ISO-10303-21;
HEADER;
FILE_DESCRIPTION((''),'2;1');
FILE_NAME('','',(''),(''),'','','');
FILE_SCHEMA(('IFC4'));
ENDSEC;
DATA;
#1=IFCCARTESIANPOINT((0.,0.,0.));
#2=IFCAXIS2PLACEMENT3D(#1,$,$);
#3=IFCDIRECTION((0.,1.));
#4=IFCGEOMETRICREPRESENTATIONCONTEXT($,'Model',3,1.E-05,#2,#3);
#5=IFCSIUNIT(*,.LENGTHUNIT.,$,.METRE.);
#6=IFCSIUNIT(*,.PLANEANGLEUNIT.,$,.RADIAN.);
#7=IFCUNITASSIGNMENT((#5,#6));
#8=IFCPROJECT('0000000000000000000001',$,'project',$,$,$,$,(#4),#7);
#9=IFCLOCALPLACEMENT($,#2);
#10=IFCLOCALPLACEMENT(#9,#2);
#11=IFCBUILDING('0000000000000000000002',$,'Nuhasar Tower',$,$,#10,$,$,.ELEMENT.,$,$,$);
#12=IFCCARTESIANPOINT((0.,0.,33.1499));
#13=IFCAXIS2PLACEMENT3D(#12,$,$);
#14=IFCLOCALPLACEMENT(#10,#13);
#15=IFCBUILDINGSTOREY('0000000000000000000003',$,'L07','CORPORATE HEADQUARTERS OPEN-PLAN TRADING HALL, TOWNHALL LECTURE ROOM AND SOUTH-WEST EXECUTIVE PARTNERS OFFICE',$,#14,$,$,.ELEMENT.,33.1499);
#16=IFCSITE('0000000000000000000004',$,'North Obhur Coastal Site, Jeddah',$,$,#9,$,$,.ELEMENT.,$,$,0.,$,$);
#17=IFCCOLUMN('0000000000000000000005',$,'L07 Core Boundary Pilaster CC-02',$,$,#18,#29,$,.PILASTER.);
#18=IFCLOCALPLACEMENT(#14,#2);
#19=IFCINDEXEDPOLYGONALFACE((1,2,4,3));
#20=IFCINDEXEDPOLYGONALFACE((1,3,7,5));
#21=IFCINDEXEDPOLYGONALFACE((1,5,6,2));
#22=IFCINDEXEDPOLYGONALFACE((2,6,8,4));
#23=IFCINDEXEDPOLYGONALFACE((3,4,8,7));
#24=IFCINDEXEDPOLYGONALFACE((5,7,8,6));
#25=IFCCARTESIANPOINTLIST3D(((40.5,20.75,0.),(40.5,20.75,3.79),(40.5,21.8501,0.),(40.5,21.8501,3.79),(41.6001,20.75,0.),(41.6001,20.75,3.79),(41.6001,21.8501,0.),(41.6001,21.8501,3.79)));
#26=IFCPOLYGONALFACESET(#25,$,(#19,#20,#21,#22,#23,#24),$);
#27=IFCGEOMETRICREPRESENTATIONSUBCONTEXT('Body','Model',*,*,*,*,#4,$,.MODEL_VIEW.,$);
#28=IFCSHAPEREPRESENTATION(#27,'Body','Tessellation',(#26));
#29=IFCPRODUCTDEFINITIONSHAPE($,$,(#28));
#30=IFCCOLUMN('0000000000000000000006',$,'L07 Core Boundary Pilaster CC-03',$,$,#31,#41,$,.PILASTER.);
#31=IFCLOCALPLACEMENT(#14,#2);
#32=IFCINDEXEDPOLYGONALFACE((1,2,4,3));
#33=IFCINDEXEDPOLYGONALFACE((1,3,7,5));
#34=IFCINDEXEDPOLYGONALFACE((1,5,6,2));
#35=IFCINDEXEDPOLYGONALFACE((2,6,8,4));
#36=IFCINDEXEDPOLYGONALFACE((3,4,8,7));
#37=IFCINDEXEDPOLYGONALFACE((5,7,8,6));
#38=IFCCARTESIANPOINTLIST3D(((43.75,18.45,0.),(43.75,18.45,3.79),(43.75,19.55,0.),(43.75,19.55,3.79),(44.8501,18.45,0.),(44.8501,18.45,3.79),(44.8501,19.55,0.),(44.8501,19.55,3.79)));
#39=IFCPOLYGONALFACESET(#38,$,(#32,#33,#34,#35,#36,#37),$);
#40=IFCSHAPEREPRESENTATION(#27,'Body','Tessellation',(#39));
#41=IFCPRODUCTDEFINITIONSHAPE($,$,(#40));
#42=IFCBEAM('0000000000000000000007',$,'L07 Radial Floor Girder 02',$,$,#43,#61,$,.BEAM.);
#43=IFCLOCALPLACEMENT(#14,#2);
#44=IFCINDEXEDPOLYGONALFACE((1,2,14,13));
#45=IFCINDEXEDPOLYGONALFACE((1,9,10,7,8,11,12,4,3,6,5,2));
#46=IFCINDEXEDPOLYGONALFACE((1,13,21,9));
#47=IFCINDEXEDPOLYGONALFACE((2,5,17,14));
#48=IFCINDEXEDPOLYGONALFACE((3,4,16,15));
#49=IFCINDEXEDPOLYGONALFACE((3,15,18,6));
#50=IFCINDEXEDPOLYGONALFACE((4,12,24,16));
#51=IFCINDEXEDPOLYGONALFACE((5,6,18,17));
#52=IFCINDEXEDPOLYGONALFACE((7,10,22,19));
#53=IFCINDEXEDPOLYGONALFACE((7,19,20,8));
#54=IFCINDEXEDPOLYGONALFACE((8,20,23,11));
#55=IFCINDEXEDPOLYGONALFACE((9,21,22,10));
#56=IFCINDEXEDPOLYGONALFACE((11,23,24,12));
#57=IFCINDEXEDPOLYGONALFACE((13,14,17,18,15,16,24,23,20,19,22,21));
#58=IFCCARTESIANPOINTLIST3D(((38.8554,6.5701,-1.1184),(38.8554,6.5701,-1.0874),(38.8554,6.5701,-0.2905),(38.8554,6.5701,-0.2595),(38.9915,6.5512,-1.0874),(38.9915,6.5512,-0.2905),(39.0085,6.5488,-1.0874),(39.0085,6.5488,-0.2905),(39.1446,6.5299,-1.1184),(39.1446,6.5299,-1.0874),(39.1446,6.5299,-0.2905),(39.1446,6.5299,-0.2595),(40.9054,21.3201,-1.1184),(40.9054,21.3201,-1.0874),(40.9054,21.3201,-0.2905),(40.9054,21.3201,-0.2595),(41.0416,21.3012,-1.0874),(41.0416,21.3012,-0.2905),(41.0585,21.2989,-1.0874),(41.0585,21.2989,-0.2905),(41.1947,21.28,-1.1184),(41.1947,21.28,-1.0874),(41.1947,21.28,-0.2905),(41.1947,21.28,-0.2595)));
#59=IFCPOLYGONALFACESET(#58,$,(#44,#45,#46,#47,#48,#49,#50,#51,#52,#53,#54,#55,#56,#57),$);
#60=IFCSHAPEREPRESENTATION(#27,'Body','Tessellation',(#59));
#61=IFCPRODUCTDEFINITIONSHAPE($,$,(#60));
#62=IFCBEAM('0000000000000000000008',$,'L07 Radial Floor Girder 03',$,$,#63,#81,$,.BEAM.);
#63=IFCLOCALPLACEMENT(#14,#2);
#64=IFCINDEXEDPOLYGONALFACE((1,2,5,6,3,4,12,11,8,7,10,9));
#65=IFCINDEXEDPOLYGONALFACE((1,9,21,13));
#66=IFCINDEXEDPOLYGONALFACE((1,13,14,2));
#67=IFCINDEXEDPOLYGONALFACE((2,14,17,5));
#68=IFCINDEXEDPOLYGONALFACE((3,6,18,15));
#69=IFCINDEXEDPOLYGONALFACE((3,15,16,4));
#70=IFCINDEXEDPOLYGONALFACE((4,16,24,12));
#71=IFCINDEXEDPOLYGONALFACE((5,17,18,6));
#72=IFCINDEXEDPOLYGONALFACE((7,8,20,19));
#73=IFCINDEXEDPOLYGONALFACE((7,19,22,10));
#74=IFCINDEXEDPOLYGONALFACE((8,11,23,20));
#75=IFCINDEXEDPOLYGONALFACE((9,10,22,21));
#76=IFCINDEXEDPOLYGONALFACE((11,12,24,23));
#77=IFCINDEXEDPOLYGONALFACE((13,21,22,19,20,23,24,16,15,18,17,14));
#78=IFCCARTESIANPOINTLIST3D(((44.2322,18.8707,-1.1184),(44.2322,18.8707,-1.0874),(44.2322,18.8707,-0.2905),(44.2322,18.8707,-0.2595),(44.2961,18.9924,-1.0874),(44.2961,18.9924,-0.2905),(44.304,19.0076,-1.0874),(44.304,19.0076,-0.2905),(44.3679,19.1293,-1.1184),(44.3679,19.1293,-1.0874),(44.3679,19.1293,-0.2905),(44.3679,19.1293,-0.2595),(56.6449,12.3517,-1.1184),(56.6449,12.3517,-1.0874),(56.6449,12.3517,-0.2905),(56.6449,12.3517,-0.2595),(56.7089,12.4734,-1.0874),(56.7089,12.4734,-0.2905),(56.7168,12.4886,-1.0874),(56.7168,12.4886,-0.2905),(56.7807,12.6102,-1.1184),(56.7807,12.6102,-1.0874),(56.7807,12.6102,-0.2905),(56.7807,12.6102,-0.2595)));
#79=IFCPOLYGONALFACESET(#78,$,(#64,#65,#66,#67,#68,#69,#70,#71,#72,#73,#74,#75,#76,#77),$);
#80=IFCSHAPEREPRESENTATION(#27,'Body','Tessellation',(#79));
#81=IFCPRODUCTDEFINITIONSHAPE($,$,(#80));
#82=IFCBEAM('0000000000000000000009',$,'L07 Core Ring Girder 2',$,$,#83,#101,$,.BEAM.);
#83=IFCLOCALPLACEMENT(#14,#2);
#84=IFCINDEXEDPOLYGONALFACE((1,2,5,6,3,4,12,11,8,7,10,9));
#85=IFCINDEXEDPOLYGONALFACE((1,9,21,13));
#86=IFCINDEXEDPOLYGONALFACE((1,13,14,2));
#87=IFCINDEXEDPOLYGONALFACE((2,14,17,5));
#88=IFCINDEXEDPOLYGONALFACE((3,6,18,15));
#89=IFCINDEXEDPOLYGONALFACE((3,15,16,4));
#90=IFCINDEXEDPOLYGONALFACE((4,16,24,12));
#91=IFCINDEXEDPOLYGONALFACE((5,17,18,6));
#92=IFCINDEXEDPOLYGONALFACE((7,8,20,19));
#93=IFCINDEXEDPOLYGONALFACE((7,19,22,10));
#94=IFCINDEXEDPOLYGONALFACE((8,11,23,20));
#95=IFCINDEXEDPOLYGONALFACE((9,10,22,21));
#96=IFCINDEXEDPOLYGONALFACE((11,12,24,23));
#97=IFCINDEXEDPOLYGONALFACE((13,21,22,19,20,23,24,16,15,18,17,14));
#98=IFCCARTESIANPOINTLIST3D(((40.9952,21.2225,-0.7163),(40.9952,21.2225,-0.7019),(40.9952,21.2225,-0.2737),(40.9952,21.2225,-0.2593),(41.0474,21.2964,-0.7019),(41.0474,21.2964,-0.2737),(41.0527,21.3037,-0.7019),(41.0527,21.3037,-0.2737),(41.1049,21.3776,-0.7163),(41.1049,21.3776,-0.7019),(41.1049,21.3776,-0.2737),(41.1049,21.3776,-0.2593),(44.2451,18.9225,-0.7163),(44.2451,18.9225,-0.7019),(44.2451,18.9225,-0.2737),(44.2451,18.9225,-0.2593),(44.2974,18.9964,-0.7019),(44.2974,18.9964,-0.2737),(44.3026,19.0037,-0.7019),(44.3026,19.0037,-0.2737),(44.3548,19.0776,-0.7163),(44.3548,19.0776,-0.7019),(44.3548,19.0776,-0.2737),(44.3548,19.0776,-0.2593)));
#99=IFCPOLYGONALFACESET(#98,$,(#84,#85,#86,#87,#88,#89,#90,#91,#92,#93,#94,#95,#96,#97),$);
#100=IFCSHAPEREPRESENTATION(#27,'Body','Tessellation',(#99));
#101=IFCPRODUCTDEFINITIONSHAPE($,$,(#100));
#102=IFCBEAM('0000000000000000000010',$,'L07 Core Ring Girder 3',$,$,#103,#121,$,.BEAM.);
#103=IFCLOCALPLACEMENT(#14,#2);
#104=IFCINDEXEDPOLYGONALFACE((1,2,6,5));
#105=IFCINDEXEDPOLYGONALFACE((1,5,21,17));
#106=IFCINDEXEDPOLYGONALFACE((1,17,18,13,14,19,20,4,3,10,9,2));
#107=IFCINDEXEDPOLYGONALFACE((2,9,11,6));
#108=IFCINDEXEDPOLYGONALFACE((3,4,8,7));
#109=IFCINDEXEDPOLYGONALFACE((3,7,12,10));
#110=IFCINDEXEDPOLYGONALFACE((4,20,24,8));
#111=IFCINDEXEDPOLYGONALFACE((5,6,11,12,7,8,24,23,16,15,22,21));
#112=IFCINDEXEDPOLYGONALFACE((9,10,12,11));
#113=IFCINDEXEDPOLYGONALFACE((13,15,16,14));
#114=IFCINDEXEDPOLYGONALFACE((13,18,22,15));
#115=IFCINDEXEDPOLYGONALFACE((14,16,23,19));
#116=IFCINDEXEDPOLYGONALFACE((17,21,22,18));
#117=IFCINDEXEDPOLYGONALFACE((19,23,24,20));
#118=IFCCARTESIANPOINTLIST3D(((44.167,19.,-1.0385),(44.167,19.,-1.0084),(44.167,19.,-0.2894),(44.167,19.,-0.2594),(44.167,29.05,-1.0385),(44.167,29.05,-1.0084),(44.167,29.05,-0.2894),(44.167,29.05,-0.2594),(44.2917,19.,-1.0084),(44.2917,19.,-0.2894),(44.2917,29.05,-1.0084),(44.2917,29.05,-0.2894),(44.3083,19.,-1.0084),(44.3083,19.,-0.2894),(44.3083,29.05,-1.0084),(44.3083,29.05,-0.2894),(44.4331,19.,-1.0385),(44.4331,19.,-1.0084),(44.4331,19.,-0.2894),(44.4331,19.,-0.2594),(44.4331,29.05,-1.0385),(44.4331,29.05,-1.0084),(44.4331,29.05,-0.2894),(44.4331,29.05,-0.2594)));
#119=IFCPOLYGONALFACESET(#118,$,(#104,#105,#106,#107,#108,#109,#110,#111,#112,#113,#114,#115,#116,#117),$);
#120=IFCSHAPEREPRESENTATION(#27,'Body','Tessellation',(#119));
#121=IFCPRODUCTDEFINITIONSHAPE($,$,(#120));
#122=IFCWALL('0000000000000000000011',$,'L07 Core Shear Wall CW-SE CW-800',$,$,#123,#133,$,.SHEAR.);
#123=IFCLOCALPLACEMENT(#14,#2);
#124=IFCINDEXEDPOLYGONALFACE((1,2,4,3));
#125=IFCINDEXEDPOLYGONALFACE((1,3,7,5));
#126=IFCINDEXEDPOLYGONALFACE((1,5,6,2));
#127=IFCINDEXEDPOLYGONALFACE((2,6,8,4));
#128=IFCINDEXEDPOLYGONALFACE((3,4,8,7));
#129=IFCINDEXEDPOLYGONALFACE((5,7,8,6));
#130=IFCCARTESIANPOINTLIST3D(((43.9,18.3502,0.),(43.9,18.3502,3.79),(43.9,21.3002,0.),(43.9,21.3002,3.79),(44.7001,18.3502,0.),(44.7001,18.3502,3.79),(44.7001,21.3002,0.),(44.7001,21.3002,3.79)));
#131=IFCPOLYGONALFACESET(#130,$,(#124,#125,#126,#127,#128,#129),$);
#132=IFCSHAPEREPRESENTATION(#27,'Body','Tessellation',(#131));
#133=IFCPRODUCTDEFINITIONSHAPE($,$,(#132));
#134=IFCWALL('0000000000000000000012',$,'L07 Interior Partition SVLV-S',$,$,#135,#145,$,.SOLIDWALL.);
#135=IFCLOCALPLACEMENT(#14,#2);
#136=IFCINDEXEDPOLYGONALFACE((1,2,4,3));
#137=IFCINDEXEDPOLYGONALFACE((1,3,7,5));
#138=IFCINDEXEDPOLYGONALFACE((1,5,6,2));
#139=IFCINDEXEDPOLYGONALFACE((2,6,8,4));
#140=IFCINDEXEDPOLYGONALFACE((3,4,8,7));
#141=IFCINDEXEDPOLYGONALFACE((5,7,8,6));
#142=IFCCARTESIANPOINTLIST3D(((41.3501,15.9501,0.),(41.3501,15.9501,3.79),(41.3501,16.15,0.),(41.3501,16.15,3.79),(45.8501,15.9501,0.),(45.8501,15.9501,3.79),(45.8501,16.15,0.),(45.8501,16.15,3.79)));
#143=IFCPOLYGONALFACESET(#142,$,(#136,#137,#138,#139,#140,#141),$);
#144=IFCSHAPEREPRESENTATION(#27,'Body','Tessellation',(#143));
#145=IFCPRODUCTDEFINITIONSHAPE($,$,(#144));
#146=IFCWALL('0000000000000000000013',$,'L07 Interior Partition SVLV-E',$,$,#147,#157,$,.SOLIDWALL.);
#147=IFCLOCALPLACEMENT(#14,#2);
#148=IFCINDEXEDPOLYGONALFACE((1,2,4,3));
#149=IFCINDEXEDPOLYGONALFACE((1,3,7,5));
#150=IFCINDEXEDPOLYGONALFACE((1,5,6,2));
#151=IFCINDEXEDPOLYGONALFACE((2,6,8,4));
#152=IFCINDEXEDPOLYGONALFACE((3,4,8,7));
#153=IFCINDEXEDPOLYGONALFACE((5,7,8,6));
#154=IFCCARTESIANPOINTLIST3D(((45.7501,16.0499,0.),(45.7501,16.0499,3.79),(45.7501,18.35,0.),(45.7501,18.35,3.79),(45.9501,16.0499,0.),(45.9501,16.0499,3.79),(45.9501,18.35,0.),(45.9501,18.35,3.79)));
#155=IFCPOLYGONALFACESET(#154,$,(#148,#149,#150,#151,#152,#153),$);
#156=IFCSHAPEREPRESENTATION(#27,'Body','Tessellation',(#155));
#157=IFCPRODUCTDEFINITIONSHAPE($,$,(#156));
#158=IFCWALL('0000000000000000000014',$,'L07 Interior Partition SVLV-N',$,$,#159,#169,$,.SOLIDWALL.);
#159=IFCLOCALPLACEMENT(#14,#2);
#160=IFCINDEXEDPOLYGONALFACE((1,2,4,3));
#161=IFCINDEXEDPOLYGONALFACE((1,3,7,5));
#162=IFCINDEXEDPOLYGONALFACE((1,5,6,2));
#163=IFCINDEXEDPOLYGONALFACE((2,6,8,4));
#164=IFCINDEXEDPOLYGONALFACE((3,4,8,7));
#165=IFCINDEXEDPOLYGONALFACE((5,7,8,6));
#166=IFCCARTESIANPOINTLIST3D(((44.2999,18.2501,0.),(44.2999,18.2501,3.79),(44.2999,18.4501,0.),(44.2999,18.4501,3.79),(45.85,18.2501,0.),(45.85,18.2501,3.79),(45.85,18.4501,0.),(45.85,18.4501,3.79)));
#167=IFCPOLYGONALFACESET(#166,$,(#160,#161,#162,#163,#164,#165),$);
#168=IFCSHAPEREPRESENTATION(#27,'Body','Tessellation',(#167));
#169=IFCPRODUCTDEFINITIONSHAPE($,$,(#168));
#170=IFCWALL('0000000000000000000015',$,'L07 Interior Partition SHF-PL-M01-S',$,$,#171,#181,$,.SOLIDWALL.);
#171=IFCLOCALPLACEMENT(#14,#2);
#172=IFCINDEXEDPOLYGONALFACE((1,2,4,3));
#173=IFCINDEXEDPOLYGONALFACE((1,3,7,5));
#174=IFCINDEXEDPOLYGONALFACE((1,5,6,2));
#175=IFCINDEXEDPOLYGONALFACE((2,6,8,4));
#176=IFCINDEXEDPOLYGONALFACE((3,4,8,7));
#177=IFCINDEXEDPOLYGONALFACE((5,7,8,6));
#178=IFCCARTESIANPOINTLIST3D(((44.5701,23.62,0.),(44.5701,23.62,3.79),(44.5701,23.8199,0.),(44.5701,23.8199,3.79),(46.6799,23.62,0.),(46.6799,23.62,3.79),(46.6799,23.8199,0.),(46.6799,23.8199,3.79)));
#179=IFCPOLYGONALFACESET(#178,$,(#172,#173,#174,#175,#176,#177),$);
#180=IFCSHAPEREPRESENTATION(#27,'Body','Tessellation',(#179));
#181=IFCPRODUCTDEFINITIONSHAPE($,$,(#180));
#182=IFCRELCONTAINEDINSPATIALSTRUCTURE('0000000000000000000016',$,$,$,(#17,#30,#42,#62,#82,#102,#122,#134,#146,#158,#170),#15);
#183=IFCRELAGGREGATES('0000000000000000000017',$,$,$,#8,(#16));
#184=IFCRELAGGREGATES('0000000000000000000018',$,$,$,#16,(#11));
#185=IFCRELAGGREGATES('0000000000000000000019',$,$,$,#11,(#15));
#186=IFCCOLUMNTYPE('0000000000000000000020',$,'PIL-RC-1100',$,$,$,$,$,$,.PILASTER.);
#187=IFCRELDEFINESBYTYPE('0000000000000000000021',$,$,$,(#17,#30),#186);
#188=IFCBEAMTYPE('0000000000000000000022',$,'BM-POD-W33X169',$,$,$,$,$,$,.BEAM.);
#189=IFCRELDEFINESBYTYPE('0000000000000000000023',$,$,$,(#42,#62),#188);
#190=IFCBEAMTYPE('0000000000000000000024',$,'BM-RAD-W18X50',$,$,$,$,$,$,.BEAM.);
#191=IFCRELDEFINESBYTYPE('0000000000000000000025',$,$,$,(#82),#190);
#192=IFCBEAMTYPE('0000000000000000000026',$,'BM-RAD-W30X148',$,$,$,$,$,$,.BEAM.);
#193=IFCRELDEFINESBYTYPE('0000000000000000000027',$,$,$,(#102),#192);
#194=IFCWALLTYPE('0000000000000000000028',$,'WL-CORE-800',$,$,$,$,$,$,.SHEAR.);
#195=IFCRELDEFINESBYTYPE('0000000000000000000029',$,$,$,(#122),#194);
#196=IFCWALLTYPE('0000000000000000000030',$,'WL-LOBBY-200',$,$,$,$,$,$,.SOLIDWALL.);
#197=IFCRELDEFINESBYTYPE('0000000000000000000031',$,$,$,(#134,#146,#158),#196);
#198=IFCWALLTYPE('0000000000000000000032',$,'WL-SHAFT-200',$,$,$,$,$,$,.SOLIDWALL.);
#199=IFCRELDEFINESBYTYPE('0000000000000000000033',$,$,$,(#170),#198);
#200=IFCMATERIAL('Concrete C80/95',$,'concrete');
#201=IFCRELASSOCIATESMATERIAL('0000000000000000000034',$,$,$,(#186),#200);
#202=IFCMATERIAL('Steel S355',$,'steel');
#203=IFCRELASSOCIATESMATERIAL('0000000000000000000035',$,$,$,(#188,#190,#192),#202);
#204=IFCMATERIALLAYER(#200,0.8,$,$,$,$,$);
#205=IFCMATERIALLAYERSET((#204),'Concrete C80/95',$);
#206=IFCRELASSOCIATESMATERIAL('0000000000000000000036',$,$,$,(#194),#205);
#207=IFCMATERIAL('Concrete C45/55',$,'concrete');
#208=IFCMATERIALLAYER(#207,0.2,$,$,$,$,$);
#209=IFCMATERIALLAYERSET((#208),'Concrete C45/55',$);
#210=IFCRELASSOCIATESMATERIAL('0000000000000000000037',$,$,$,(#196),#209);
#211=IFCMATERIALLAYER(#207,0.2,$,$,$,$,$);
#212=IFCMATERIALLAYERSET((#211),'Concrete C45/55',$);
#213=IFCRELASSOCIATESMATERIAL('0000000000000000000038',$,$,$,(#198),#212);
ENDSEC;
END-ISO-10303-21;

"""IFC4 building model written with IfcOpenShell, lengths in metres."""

from ifc_helpers import new_model, si_unit, direction, frame, frame_2d, origin, origin_2d, place, context, subcontext, project, spatial, rectangle, i_section, extrude, material, layer, layer_set, material_profile, profile_set, type_object, element, save


model = new_model("IFC4")

# Units and contexts
model_context = context("Model", 3, precision=1e-05, world=origin(), true_north=direction((0.0, 1.0)))
body_context = subcontext(model_context, "Body", "Model", "MODEL_VIEW")
ifc_project = project(units=[si_unit("LENGTHUNIT", "METRE"), si_unit("PLANEANGLEUNIT", "RADIAN")], contexts=[model_context])

# Site, building, storey
site_placement = place(None, origin())
site = spatial("IfcSite", under=ifc_project, at=site_placement, Name="North Obhur Coastal Site, Jeddah", CompositionType="ELEMENT", RefElevation=0.0)
building_placement = place(site_placement, origin())
building = spatial("IfcBuilding", under=site, at=building_placement, Name="Nuhasar Tower", CompositionType="ELEMENT")
storey_placement = place(building_placement, frame((0.0, 0.0, 33.1499)))
storey = spatial("IfcBuildingStorey", under=building, at=storey_placement, Name="L07", Description="CORPORATE HEADQUARTERS OPEN-PLAN TRADING HALL, TOWNHALL LECTURE ROOM AND SOUTH-WEST EXECUTIVE PARTNERS OFFICE", CompositionType="ELEMENT", Elevation=33.1499)

# Columns
ifc_material_1 = material(Name="Concrete C80/95", Category="concrete")
ifc_material_profile_1 = material_profile(ifc_material_1, rectangle(XDim=1.1001, YDim=1.1001, at=origin_2d()), Name="RC1100X1100")
ifc_profile_set_1 = profile_set([ifc_material_profile_1], Name="Concrete C80/95")
column_type = type_object("IfcColumnType", Name="PIL-RC-1100", PredefinedType="PILASTER", material=ifc_profile_set_1)
for number, where, z_axis, x_axis, name in (
    (1, (41.05, 21.3, 0.0), (0.0, 0.0, 1.0), (1.0, 0.0, 0.0), "L07 Core Boundary Pilaster CC-02"),
    (2, (44.3, 19.0, 0.0), (0.0, 0.0, 1.0), (1.0, 0.0, 0.0), "L07 Core Boundary Pilaster CC-03"),
):
    element("IfcColumn", number, at=place(storey_placement, frame(where, z_axis=z_axis, x_axis=x_axis)), inside=storey, type_object=column_type, Name=name, PredefinedType="PILASTER", context=body_context, shape_type="SweptSolid", body=[
        extrude(rectangle(XDim=1.1001, YDim=1.1001, at=origin_2d()), origin(), (0.0, 0.0, 1.0), 3.79),
    ])

# Beams
ifc_material_2 = material(Name="Steel S355", Category="steel")
ifc_material_profile_2 = material_profile(ifc_material_2, i_section(OverallWidth=0.292, OverallDepth=0.8589, WebThickness=0.0171, FlangeThickness=0.031, at=origin_2d()), Name="W33X169")
ifc_profile_set_2 = profile_set([ifc_material_profile_2], Name="Steel S355")
beam_type_1 = type_object("IfcBeamType", Name="BM-POD-W33X169", PredefinedType="BEAM", material=ifc_profile_set_2)
beam_1_placement = place(storey_placement, frame((41.05, 21.3, -0.689), z_axis=(-0.137663, -0.990479, 0.0), x_axis=(0.990479, -0.137663, 0.0)))
element("IfcBeam", 3, at=beam_1_placement, inside=storey, type_object=beam_type_1, Name="L07 Radial Floor Girder 02", PredefinedType="BEAM", context=body_context, shape_type="SweptSolid", body=[
    extrude(i_section(OverallWidth=0.292, OverallDepth=0.8589, WebThickness=0.0171, FlangeThickness=0.031, at=origin_2d()), origin(), (0.0, 0.0, 1.0), 14.8918),
])
beam_2_placement = place(storey_placement, frame((44.3, 19.0, -0.689), z_axis=(0.88533, -0.464963, 0.0), x_axis=(0.464963, 0.88533, 0.0)))
element("IfcBeam", 4, at=beam_2_placement, inside=storey, type_object=beam_type_1, Name="L07 Radial Floor Girder 03", PredefinedType="BEAM", context=body_context, shape_type="SweptSolid", body=[
    extrude(i_section(OverallWidth=0.292, OverallDepth=0.8589, WebThickness=0.0171, FlangeThickness=0.031, at=origin_2d()), origin(), (0.0, 0.0, 1.0), 14.0205),
])
ifc_material_profile_3 = material_profile(ifc_material_2, i_section(OverallWidth=0.1899, OverallDepth=0.457, WebThickness=0.009, FlangeThickness=0.0144, at=origin_2d()), Name="W18X50")
ifc_profile_set_3 = profile_set([ifc_material_profile_3], Name="Steel S355")
beam_type_2 = type_object("IfcBeamType", Name="BM-RAD-W18X50", PredefinedType="BEAM", material=ifc_profile_set_3)
beam_3_placement = place(storey_placement, frame((41.05, 21.3, -0.4878), z_axis=(0.816265, -0.577677, 0.0), x_axis=(0.577677, 0.816265, 0.0)))
element("IfcBeam", 5, at=beam_3_placement, inside=storey, type_object=beam_type_2, Name="L07 Core Ring Girder 2", PredefinedType="BEAM", context=body_context, shape_type="SweptSolid", body=[
    extrude(i_section(OverallWidth=0.1899, OverallDepth=0.457, WebThickness=0.009, FlangeThickness=0.0144, at=origin_2d()), origin(), (0.0, 0.0, 1.0), 3.9814),
])
ifc_material_profile_4 = material_profile(ifc_material_2, i_section(OverallWidth=0.2661, OverallDepth=0.7791, WebThickness=0.0166, FlangeThickness=0.03, at=origin_2d()), Name="W30X148")
ifc_profile_set_4 = profile_set([ifc_material_profile_4], Name="Steel S355")
beam_type_3 = type_object("IfcBeamType", Name="BM-RAD-W30X148", PredefinedType="BEAM", material=ifc_profile_set_4)
beam_4_placement = place(storey_placement, frame((44.3, 19.0, -0.6489), z_axis=(0.0, 1.0, 0.0), x_axis=(-1.0, 0.0, 0.0)))
element("IfcBeam", 6, at=beam_4_placement, inside=storey, type_object=beam_type_3, Name="L07 Core Ring Girder 3", PredefinedType="BEAM", context=body_context, shape_type="SweptSolid", body=[
    extrude(i_section(OverallWidth=0.2661, OverallDepth=0.7791, WebThickness=0.0166, FlangeThickness=0.03, at=origin_2d()), origin(), (0.0, 0.0, 1.0), 10.05),
])

# Wall
ifc_layer_1 = layer(ifc_material_1, 0.8)
ifc_layer_set_1 = layer_set([ifc_layer_1], Name="Concrete C80/95")
wall_type_1 = type_object("IfcWallType", Name="WL-CORE-800", PredefinedType="SHEAR", material=ifc_layer_set_1)
wall_1_placement = place(storey_placement, frame((44.3, 18.3501, 0.0), z_axis=(0.0, 0.0, 1.0), x_axis=(0.0, 1.0, 0.0)))
element("IfcWall", 7, at=wall_1_placement, inside=storey, type_object=wall_type_1, Name="L07 Core Shear Wall CW-SE CW-800", PredefinedType="SHEAR", context=body_context, shape_type="SweptSolid", body=[
    extrude(rectangle(XDim=2.95, YDim=0.8, at=frame_2d((1.4751, 0.0))), origin(), (0.0, 0.0, 1.0), 3.79),
])

# Shared definitions
ifc_material_3 = material(Name="Concrete C45/55", Category="concrete")
ifc_layer_2 = layer(ifc_material_3, 0.2)
ifc_layer_set_2 = layer_set([ifc_layer_2], Name="Concrete C45/55")
wall_type_2 = type_object("IfcWallType", Name="WL-LOBBY-200", PredefinedType="SOLIDWALL", material=ifc_layer_set_2)

# Walls
wall_2_placement = place(storey_placement, frame((41.3501, 16.05, 0.0), z_axis=(0.0, 0.0, 1.0), x_axis=(1.0, 0.0, 0.0)))
element("IfcWall", 8, at=wall_2_placement, inside=storey, type_object=wall_type_2, Name="L07 Interior Partition SVLV-S", PredefinedType="SOLIDWALL", context=body_context, shape_type="SweptSolid", body=[
    extrude(rectangle(XDim=4.5, YDim=0.2, at=frame_2d((2.25, 0.0))), origin(), (0.0, 0.0, 1.0), 3.79),
])
wall_3_placement = place(storey_placement, frame((45.8501, 16.05, 0.0), z_axis=(0.0, 0.0, 1.0), x_axis=(0.0, 1.0, 0.0)))
element("IfcWall", 9, at=wall_3_placement, inside=storey, type_object=wall_type_2, Name="L07 Interior Partition SVLV-E", PredefinedType="SOLIDWALL", context=body_context, shape_type="SweptSolid", body=[
    extrude(rectangle(XDim=2.3, YDim=0.2, at=frame_2d((1.1499, 0.0))), origin(), (0.0, 0.0, 1.0), 3.79),
])
wall_4_placement = place(storey_placement, frame((44.3, 18.3501, 0.0), z_axis=(0.0, 0.0, 1.0), x_axis=(1.0, 0.0, 0.0)))
element("IfcWall", 10, at=wall_4_placement, inside=storey, type_object=wall_type_2, Name="L07 Interior Partition SVLV-N", PredefinedType="SOLIDWALL", context=body_context, shape_type="SweptSolid", body=[
    extrude(rectangle(XDim=1.55, YDim=0.2, at=frame_2d((0.7749, 0.0))), origin(), (0.0, 0.0, 1.0), 3.79),
])
ifc_layer_3 = layer(ifc_material_3, 0.2)
ifc_layer_set_3 = layer_set([ifc_layer_3], Name="Concrete C45/55")
wall_type_3 = type_object("IfcWallType", Name="WL-SHAFT-200", PredefinedType="SOLIDWALL", material=ifc_layer_set_3)
wall_5_placement = place(storey_placement, frame((44.5701, 23.72, 0.0), z_axis=(0.0, 0.0, 1.0), x_axis=(1.0, 0.0, 0.0)))
element("IfcWall", 11, at=wall_5_placement, inside=storey, type_object=wall_type_3, Name="L07 Interior Partition SHF-PL-M01-S", PredefinedType="SOLIDWALL", context=body_context, shape_type="SweptSolid", body=[
    extrude(rectangle(XDim=2.1099, YDim=0.2, at=frame_2d((1.0549, 0.0))), origin(), (0.0, 0.0, 1.0), 3.79),
])

save(model, "model.ifc")
